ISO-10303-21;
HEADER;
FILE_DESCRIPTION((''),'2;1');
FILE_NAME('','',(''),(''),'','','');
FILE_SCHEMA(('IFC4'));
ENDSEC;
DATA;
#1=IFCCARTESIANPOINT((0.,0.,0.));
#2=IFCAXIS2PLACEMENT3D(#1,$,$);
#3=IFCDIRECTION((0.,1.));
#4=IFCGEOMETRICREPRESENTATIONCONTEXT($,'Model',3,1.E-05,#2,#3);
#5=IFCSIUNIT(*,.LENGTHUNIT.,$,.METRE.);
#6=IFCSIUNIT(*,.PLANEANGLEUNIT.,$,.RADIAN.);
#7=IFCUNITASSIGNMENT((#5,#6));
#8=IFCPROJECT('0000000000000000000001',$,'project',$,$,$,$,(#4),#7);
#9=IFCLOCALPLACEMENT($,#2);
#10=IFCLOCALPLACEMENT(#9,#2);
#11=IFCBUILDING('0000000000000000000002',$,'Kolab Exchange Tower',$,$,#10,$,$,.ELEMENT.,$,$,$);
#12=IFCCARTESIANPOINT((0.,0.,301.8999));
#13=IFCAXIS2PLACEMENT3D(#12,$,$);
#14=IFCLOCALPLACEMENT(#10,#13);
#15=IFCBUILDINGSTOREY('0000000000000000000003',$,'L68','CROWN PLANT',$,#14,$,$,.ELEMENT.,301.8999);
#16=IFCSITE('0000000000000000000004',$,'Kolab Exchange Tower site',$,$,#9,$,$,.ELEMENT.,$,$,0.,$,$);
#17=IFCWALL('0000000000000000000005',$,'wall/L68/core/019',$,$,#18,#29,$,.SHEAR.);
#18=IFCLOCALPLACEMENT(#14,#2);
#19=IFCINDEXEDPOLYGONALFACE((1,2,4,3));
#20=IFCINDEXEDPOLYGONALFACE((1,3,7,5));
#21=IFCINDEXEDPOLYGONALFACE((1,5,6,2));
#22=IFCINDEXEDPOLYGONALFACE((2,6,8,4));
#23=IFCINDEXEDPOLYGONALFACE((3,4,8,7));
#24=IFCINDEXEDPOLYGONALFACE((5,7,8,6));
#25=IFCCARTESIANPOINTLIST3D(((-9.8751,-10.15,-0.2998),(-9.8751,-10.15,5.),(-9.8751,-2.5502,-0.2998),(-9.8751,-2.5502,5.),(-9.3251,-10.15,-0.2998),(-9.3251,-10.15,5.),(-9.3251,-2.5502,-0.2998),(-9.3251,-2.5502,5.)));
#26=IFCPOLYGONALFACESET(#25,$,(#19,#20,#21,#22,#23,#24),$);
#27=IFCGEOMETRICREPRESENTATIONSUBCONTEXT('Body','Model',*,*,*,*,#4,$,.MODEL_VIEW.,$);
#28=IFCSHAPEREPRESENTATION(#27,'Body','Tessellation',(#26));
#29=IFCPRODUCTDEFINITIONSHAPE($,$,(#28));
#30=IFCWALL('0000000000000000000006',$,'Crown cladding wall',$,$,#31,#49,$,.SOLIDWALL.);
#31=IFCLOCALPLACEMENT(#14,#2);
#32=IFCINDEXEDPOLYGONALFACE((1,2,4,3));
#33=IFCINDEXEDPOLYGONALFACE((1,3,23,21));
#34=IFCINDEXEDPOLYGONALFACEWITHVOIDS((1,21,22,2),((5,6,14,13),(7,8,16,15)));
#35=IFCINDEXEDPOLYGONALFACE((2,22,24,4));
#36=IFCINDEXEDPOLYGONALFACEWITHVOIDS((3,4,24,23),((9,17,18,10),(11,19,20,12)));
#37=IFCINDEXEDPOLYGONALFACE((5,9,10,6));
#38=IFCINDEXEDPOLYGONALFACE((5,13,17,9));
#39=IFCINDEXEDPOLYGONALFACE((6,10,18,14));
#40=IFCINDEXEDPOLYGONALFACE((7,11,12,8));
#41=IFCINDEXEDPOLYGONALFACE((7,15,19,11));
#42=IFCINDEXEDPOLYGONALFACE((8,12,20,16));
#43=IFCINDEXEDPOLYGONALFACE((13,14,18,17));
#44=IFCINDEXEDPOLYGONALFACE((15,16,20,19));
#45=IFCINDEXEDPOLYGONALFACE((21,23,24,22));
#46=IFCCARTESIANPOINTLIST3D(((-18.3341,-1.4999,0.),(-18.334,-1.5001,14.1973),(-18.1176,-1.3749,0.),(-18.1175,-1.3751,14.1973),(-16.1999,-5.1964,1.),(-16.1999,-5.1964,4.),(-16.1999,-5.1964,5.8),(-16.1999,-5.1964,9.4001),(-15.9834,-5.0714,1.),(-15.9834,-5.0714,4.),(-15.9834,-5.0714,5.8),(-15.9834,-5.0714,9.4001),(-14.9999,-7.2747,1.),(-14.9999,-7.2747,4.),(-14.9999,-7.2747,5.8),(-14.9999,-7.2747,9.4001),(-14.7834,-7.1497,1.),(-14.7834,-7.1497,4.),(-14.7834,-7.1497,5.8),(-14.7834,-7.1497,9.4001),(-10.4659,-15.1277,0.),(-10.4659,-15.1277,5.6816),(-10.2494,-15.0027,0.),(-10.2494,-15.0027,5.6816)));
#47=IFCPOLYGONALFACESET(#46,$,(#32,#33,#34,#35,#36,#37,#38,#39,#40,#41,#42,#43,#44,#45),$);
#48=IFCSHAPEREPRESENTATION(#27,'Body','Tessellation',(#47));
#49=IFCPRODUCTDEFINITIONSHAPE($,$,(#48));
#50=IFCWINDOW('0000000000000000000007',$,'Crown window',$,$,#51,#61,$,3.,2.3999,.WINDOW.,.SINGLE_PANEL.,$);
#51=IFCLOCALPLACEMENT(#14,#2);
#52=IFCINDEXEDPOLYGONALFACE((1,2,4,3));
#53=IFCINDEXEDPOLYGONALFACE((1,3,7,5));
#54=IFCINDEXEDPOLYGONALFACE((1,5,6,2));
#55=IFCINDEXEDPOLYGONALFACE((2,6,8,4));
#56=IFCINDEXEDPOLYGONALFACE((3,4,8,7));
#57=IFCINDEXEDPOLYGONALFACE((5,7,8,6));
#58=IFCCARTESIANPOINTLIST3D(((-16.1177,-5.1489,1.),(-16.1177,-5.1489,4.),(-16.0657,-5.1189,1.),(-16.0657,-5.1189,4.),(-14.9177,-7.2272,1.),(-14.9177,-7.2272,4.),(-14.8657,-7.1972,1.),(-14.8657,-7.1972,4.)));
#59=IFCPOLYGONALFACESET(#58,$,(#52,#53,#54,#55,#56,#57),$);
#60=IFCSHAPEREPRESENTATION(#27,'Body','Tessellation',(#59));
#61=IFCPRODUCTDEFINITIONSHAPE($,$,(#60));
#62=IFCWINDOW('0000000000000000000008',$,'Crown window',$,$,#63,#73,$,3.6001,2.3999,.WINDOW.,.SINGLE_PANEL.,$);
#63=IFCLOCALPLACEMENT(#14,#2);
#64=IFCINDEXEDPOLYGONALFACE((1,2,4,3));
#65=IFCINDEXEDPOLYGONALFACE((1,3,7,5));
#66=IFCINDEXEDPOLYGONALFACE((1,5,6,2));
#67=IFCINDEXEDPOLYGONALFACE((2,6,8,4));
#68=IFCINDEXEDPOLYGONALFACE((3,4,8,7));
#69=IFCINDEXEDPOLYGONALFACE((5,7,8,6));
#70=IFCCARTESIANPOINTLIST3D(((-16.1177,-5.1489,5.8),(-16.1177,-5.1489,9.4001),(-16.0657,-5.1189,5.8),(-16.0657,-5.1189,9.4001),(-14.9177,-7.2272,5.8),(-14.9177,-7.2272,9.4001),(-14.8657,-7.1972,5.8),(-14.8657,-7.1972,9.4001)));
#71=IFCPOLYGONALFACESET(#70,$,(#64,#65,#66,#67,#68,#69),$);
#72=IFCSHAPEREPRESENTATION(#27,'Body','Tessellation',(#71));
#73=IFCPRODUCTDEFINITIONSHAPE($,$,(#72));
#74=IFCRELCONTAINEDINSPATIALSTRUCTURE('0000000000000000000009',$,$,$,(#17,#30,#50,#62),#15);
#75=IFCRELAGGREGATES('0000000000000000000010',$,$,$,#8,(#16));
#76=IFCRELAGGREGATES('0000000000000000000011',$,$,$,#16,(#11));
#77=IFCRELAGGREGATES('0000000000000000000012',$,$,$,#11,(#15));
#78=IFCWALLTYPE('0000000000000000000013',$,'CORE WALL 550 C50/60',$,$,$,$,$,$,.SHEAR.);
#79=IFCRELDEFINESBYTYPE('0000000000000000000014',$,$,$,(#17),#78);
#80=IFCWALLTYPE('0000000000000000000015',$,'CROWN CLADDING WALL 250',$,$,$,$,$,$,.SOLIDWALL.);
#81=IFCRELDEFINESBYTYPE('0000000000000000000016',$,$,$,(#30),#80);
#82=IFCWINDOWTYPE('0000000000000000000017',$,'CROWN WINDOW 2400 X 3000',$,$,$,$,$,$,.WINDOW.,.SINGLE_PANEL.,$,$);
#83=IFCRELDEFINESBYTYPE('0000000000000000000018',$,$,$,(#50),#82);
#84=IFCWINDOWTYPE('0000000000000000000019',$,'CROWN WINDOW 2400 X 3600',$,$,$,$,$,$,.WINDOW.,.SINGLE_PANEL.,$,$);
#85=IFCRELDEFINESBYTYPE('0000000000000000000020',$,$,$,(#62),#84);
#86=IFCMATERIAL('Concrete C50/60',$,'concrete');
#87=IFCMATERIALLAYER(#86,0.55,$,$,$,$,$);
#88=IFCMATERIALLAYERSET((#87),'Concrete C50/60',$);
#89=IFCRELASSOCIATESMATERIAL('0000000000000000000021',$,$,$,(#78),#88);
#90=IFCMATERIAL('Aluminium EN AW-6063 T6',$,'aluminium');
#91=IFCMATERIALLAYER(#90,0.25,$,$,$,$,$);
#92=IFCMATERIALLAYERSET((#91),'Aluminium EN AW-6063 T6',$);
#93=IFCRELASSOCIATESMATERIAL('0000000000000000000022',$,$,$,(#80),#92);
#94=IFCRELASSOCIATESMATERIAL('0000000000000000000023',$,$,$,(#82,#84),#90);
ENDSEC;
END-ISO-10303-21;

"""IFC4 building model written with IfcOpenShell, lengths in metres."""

from ifc_helpers import new_model, si_unit, direction, frame, frame_2d, origin, place, context, subcontext, project, spatial, polyline, rectangle, outline, extrude, material, layer, layer_set, type_object, element, fill, save


model = new_model("IFC4")

# Units and contexts
model_context = context("Model", 3, precision=1e-05, world=origin(), true_north=direction((0.0, 1.0)))
body_context = subcontext(model_context, "Body", "Model", "MODEL_VIEW")
ifc_project = project(units=[si_unit("LENGTHUNIT", "METRE"), si_unit("PLANEANGLEUNIT", "RADIAN")], contexts=[model_context])

# Site, building, storey
site_placement = place(None, origin())
site = spatial("IfcSite", under=ifc_project, at=site_placement, Name="Kolab Exchange Tower site", CompositionType="ELEMENT", RefElevation=0.0)
building_placement = place(site_placement, origin())
building = spatial("IfcBuilding", under=site, at=building_placement, Name="Kolab Exchange Tower", CompositionType="ELEMENT")
storey_placement = place(building_placement, frame((0.0, 0.0, 301.8999)))
storey = spatial("IfcBuildingStorey", under=building, at=storey_placement, Name="L68", Description="CROWN PLANT", CompositionType="ELEMENT", Elevation=301.8999)

# Shared definitions
ifc_material_1 = material(Name="Concrete C50/60", Category="concrete")

# Wall
ifc_layer_1 = layer(ifc_material_1, 0.55)
ifc_layer_set_1 = layer_set([ifc_layer_1], Name="Concrete C50/60")
wall_type_1 = type_object("IfcWallType", Name="CORE WALL 550 C50/60", PredefinedType="SHEAR", material=ifc_layer_set_1)
wall_1_placement = place(storey_placement, frame((-9.6001, -10.1499, -0.2998), z_axis=(0.0, 0.0, 1.0), x_axis=(0.0, 1.0, 0.0)))
element("IfcWall", 1, at=wall_1_placement, inside=storey, type_object=wall_type_1, Name="wall/L68/core/019", PredefinedType="SHEAR", context=body_context, shape_type="SweptSolid", body=[
    extrude(rectangle(XDim=7.5999, YDim=0.55, at=frame_2d((3.7998, 0.0))), origin(), (0.0, 0.0, 1.0), 5.2998),
])

# Wall, openings, windows
ifc_material_2 = material(Name="Aluminium EN AW-6063 T6", Category="aluminium")
ifc_layer_2 = layer(ifc_material_2, 0.25)
ifc_layer_set_2 = layer_set([ifc_layer_2], Name="Aluminium EN AW-6063 T6")
wall_type_2 = type_object("IfcWallType", Name="CROWN CLADDING WALL 250", PredefinedType="SOLIDWALL", material=ifc_layer_set_2)
wall_2_placement = place(storey_placement, frame((-10.3577, -15.0652, 0.0), z_axis=(0.0, 0.0, 1.0), x_axis=(-0.50001, 0.866019, 0.0)))
wall_2 = element("IfcWall", 2, at=wall_2_placement, inside=storey, type_object=wall_type_2, Name="Crown cladding wall", PredefinedType="SOLIDWALL", context=body_context, shape_type="SweptSolid", body=[
    extrude(outline(polyline([(0.0, 0.0), (15.7361, 0.0), (15.7358, 14.1973), (0.0, 5.6816), (0.0, 0.0)])), frame((0.0, 0.125, 0.0), z_axis=(0.0, -1.0, 0.0), x_axis=(1.0, 0.0, 0.0)), (0.0, 0.0, 1.0), 0.25),
])
opening_1_placement = place(wall_2_placement, frame((9.0679, 0.0, 5.8)))
opening_1 = element("IfcOpeningElement", 3, at=opening_1_placement, cuts=wall_2, PredefinedType="OPENING", context=body_context, shape_type="SweptSolid", body=[
    extrude(rectangle(XDim=2.3999, YDim=3.6001, at=frame_2d((1.2, 1.8))), frame((0.0, 0.135, 0.0), z_axis=(0.0, -1.0, 0.0), x_axis=(1.0, 0.0, 0.0)), (0.0, 0.0, 1.0), 0.27),
])
opening_2_placement = place(wall_2_placement, frame((9.0679, 0.0, 1.0)))
opening_2 = element("IfcOpeningElement", 4, at=opening_2_placement, cuts=wall_2, PredefinedType="OPENING", context=body_context, shape_type="SweptSolid", body=[
    extrude(rectangle(XDim=2.3999, YDim=3.0, at=frame_2d((1.2, 1.5))), frame((0.0, 0.135, 0.0), z_axis=(0.0, -1.0, 0.0), x_axis=(1.0, 0.0, 0.0)), (0.0, 0.0, 1.0), 0.27),
])
window_type_1 = type_object("IfcWindowType", Name="CROWN WINDOW 2400 X 3000", PartitioningType="SINGLE_PANEL", PredefinedType="WINDOW", material=ifc_material_2)
window_1_placement = place(opening_2_placement, origin())
window_1 = element("IfcWindow", 5, at=window_1_placement, inside=storey, type_object=window_type_1, Name="Crown window", OverallHeight=3.0, OverallWidth=2.3999, PartitioningType="SINGLE_PANEL", PredefinedType="WINDOW", context=body_context, shape_type="SweptSolid", body=[
    extrude(rectangle(XDim=2.3999, YDim=3.0, at=frame_2d((1.2, 1.5))), frame((0.0, 0.03, 0.0), z_axis=(0.0, -1.0, 0.0), x_axis=(1.0, 0.0, 0.0)), (0.0, 0.0, 1.0), 0.0601),
])
fill(opening_2, window_1)
window_type_2 = type_object("IfcWindowType", Name="CROWN WINDOW 2400 X 3600", PartitioningType="SINGLE_PANEL", PredefinedType="WINDOW", material=ifc_material_2)
window_2_placement = place(opening_1_placement, origin())
window_2 = element("IfcWindow", 6, at=window_2_placement, inside=storey, type_object=window_type_2, Name="Crown window", OverallHeight=3.6001, OverallWidth=2.3999, PartitioningType="SINGLE_PANEL", PredefinedType="WINDOW", context=body_context, shape_type="SweptSolid", body=[
    extrude(rectangle(XDim=2.3999, YDim=3.6001, at=frame_2d((1.2, 1.8))), frame((0.0, 0.03, 0.0), z_axis=(0.0, -1.0, 0.0), x_axis=(1.0, 0.0, 0.0)), (0.0, 0.0, 1.0), 0.0601),
])
fill(opening_1, window_2)

save(model, "model.ifc")
